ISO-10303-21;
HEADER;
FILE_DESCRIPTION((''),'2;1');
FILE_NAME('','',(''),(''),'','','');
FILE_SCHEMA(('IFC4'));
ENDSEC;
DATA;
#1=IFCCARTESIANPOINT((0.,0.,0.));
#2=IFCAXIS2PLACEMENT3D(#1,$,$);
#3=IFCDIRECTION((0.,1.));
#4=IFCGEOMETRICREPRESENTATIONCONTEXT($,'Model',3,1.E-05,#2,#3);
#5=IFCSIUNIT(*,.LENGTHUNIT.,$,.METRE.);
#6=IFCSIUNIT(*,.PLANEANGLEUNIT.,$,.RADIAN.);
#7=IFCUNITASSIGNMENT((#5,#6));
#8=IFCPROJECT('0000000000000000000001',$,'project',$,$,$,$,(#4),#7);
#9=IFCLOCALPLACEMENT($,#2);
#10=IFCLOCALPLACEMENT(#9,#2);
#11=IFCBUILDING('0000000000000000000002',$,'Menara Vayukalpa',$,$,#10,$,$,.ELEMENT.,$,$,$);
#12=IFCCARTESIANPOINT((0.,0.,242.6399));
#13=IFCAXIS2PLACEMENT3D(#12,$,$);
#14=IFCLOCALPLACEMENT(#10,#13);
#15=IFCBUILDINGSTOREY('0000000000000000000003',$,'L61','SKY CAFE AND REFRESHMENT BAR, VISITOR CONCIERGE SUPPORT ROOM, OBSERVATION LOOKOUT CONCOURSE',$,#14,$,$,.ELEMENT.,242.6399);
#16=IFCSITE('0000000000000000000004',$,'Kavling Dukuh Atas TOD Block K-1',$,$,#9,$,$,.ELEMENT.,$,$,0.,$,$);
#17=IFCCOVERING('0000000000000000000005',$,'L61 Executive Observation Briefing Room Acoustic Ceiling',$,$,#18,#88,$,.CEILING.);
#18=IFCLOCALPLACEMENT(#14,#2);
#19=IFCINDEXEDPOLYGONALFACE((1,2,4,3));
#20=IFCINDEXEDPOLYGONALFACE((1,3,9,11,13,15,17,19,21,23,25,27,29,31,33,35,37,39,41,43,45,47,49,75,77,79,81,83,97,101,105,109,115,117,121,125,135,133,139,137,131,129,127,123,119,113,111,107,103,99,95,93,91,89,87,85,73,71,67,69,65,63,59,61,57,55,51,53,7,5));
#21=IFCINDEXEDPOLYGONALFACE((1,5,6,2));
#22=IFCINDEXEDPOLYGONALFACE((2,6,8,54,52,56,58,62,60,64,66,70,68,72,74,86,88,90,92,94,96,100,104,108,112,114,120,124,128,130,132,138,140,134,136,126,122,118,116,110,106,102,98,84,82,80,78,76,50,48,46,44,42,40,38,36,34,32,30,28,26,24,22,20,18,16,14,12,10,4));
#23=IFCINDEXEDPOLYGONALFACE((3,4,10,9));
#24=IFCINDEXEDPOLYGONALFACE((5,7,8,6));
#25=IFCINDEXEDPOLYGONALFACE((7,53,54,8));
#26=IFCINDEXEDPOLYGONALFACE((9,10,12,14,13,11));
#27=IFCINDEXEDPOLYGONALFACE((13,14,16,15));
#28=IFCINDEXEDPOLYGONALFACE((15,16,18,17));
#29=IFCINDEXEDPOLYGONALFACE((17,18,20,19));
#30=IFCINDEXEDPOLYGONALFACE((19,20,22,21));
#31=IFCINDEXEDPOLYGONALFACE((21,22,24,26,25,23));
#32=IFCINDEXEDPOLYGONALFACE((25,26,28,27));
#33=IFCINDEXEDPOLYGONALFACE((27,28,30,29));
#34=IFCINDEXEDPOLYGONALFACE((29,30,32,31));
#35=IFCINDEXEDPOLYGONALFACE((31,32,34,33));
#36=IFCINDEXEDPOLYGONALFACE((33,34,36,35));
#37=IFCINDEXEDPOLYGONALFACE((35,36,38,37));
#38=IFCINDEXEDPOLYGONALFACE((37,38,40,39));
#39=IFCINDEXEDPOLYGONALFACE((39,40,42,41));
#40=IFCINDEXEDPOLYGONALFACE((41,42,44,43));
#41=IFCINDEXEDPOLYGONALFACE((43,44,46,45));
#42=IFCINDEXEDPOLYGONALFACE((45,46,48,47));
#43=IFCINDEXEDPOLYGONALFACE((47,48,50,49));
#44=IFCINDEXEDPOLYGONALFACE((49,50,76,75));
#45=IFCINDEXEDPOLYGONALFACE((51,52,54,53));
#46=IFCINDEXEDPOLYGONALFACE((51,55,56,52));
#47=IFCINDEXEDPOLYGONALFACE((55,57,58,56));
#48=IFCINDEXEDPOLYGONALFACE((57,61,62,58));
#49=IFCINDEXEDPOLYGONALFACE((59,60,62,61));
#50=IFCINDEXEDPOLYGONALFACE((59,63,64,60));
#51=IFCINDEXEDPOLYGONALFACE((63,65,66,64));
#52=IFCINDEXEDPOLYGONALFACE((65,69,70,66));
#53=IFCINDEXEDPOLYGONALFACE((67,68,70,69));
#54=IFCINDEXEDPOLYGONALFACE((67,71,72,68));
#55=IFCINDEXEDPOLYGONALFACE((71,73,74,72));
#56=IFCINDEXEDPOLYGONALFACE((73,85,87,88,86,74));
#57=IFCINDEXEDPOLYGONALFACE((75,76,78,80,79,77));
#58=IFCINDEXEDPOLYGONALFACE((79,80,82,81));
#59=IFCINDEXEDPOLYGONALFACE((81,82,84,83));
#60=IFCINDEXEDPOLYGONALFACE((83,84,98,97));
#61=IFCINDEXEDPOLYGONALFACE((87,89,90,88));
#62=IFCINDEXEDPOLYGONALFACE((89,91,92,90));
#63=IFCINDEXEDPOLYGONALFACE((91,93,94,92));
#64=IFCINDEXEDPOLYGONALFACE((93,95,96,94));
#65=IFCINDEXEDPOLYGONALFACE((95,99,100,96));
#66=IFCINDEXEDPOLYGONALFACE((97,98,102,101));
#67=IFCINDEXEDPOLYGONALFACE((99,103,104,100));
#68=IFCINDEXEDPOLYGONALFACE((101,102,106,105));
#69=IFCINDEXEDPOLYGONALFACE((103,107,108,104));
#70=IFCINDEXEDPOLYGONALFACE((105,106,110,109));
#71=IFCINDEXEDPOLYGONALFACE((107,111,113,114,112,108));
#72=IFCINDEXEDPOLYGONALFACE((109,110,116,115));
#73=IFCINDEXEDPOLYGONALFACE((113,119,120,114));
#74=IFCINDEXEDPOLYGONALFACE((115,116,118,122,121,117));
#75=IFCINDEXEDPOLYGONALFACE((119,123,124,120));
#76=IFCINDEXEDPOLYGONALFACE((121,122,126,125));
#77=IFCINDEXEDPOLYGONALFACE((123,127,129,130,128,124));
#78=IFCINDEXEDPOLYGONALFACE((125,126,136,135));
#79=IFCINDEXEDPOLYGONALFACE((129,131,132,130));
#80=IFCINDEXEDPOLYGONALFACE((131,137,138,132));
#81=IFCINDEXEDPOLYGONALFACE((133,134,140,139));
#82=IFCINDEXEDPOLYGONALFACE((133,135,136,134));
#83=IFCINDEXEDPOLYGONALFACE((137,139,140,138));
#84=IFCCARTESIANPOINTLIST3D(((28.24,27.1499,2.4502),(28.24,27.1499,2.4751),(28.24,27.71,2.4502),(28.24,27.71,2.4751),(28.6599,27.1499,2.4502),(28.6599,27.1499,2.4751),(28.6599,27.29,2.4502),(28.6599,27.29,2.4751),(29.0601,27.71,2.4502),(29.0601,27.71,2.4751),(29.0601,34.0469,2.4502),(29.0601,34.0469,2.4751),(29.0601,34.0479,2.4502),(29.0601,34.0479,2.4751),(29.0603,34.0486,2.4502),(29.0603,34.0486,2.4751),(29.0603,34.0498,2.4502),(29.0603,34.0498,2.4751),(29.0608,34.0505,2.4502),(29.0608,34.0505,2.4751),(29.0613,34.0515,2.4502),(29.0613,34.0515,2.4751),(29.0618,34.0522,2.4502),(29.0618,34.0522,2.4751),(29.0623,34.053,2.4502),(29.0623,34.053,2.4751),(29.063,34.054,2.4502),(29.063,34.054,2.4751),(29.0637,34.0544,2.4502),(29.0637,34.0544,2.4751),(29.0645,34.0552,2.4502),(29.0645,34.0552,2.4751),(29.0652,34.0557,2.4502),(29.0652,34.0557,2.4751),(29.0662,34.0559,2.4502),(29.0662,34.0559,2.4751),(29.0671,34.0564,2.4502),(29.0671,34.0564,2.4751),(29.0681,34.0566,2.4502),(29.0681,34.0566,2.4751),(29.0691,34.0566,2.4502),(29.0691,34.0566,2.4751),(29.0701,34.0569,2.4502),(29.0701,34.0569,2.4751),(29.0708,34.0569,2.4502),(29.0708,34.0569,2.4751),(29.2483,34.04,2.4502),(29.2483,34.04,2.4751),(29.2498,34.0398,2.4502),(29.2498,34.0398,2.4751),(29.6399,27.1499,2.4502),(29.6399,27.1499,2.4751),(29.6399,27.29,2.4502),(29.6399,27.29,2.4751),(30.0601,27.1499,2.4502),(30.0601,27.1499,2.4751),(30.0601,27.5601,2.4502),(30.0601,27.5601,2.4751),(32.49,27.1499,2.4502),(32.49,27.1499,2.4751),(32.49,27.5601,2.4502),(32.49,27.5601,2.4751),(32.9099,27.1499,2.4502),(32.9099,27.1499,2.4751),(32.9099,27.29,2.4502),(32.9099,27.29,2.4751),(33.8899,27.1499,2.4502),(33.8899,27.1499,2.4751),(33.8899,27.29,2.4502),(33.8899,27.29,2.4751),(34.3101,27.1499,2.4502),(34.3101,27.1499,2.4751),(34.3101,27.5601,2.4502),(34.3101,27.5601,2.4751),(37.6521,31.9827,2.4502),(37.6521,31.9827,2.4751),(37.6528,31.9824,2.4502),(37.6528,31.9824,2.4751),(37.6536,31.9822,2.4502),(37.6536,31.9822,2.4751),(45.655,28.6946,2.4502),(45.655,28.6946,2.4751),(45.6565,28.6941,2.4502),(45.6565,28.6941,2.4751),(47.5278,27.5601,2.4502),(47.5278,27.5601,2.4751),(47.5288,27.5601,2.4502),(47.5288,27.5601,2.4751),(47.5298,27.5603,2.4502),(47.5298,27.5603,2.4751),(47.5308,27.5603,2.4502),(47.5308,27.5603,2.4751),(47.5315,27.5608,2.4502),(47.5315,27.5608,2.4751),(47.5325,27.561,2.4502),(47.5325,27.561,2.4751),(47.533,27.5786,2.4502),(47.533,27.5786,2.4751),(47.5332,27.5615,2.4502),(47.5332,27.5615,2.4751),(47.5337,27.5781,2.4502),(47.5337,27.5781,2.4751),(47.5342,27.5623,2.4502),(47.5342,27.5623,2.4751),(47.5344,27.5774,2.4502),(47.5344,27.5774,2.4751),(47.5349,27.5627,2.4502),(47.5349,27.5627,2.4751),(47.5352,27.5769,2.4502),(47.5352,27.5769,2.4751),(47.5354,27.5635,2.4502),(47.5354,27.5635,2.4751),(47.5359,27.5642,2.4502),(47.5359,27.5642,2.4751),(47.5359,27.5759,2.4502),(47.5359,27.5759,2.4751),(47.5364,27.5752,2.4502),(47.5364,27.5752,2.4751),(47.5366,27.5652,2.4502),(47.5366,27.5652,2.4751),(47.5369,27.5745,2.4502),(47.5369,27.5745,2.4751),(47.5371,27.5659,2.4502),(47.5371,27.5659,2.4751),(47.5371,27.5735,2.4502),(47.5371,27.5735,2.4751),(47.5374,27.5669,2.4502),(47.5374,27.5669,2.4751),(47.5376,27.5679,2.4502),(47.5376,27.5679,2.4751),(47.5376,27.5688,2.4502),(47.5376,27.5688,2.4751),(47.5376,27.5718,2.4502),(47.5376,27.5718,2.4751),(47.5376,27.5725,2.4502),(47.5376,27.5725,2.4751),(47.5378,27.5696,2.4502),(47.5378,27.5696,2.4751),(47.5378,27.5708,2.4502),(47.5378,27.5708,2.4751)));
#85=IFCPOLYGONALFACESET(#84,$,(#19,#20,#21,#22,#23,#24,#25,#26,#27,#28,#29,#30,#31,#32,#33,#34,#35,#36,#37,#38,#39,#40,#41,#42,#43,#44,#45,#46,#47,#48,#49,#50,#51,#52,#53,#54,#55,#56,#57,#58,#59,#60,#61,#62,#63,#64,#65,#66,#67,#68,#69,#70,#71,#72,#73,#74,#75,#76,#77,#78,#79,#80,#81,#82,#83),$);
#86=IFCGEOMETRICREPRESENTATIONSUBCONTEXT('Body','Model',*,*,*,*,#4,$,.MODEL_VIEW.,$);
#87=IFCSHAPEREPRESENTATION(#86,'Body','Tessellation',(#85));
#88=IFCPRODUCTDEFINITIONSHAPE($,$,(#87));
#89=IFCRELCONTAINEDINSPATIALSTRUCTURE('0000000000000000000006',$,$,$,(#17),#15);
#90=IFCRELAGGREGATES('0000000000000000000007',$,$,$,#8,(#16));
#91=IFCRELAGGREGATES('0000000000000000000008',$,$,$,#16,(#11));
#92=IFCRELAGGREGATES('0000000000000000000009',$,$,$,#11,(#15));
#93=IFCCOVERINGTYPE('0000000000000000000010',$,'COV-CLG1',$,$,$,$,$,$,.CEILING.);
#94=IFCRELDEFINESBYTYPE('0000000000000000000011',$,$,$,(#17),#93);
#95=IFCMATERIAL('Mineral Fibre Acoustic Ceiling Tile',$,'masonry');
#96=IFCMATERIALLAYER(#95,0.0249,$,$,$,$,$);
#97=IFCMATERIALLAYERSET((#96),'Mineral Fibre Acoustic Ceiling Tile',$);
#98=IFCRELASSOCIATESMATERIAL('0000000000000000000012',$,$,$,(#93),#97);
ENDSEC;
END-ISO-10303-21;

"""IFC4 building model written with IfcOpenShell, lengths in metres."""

from ifc_helpers import new_model, si_unit, direction, frame, origin, place, context, subcontext, project, spatial, polyline, outline, extrude, material, layer, layer_set, type_object, element, save


model = new_model("IFC4")

# Units and contexts
model_context = context("Model", 3, precision=1e-05, world=origin(), true_north=direction((0.0, 1.0)))
body_context = subcontext(model_context, "Body", "Model", "MODEL_VIEW")
ifc_project = project(units=[si_unit("LENGTHUNIT", "METRE"), si_unit("PLANEANGLEUNIT", "RADIAN")], contexts=[model_context])

# Site, building, storey
site_placement = place(None, origin())
site = spatial("IfcSite", under=ifc_project, at=site_placement, Name="Kavling Dukuh Atas TOD Block K-1", CompositionType="ELEMENT", RefElevation=0.0)
building_placement = place(site_placement, origin())
building = spatial("IfcBuilding", under=site, at=building_placement, Name="Menara Vayukalpa", CompositionType="ELEMENT")
storey_placement = place(building_placement, frame((0.0, 0.0, 242.6399)))
storey = spatial("IfcBuildingStorey", under=building, at=storey_placement, Name="L61", Description="SKY CAFE AND REFRESHMENT BAR, VISITOR CONCIERGE SUPPORT ROOM, OBSERVATION LOOKOUT CONCOURSE", CompositionType="ELEMENT", Elevation=242.6399)

# Covering
ifc_material_1 = material(Name="Mineral Fibre Acoustic Ceiling Tile", Category="masonry")
ifc_layer_1 = layer(ifc_material_1, 0.0249)
ifc_layer_set_1 = layer_set([ifc_layer_1], Name="Mineral Fibre Acoustic Ceiling Tile")
covering_type_1 = type_object("IfcCoveringType", Name="COV-CLG1", PredefinedType="CEILING", material=ifc_layer_set_1)
covering_1_placement = place(storey_placement, frame((0.0, 0.0, 2.4502)))
element("IfcCovering", 1, at=covering_1_placement, inside=storey, type_object=covering_type_1, Name="L61 Executive Observation Briefing Room Acoustic Ceiling", PredefinedType="CEILING", context=body_context, shape_type="SweptSolid", body=[
    extrude(outline(polyline([(29.0601, 34.0469), (29.0601, 34.0479), (29.0603, 34.0486), (29.0603, 34.0498), (29.0608, 34.0505), (29.0613, 34.0515), (29.0618, 34.0522), (29.0623, 34.053), (29.063, 34.054), (29.0637, 34.0544), (29.0645, 34.0552), (29.0652, 34.0557), (29.0662, 34.0559), (29.0671, 34.0564), (29.0681, 34.0566), (29.0691, 34.0566), (29.0701, 34.0569), (29.0708, 34.0569), (29.2483, 34.04), (29.2498, 34.0398), (37.6521, 31.9827), (37.6528, 31.9824), (37.6536, 31.9822), (45.655, 28.6946), (45.6565, 28.6941), (47.533, 27.5786), (47.5337, 27.5781), (47.5344, 27.5774), (47.5352, 27.5769), (47.5359, 27.5759), (47.5364, 27.5752), (47.5369, 27.5745), (47.5371, 27.5735), (47.5376, 27.5725), (47.5376, 27.5718), (47.5378, 27.5708), (47.5378, 27.5696), (47.5376, 27.5688), (47.5376, 27.5679), (47.5374, 27.5669), (47.5371, 27.5659), (47.5366, 27.5652), (47.5359, 27.5642), (47.5354, 27.5635), (47.5349, 27.5627), (47.5342, 27.5623), (47.5332, 27.5615), (47.5325, 27.561), (47.5315, 27.5608), (47.5308, 27.5603), (47.5298, 27.5603), (47.5288, 27.5601), (47.5278, 27.5601), (34.3101, 27.5601), (34.3101, 27.1499), (33.8899, 27.1499), (33.8899, 27.29), (32.9099, 27.29), (32.9099, 27.1499), (32.49, 27.1499), (32.49, 27.5601), (30.0601, 27.5601), (30.0601, 27.1499), (29.6399, 27.1499), (29.6399, 27.29), (28.6599, 27.29), (28.6599, 27.1499), (28.24, 27.1499), (28.24, 27.71), (29.0601, 27.71), (29.0601, 34.0469)])), origin(), (0.0, 0.0, 1.0), 0.0249),
])

save(model, "model.ifc")
